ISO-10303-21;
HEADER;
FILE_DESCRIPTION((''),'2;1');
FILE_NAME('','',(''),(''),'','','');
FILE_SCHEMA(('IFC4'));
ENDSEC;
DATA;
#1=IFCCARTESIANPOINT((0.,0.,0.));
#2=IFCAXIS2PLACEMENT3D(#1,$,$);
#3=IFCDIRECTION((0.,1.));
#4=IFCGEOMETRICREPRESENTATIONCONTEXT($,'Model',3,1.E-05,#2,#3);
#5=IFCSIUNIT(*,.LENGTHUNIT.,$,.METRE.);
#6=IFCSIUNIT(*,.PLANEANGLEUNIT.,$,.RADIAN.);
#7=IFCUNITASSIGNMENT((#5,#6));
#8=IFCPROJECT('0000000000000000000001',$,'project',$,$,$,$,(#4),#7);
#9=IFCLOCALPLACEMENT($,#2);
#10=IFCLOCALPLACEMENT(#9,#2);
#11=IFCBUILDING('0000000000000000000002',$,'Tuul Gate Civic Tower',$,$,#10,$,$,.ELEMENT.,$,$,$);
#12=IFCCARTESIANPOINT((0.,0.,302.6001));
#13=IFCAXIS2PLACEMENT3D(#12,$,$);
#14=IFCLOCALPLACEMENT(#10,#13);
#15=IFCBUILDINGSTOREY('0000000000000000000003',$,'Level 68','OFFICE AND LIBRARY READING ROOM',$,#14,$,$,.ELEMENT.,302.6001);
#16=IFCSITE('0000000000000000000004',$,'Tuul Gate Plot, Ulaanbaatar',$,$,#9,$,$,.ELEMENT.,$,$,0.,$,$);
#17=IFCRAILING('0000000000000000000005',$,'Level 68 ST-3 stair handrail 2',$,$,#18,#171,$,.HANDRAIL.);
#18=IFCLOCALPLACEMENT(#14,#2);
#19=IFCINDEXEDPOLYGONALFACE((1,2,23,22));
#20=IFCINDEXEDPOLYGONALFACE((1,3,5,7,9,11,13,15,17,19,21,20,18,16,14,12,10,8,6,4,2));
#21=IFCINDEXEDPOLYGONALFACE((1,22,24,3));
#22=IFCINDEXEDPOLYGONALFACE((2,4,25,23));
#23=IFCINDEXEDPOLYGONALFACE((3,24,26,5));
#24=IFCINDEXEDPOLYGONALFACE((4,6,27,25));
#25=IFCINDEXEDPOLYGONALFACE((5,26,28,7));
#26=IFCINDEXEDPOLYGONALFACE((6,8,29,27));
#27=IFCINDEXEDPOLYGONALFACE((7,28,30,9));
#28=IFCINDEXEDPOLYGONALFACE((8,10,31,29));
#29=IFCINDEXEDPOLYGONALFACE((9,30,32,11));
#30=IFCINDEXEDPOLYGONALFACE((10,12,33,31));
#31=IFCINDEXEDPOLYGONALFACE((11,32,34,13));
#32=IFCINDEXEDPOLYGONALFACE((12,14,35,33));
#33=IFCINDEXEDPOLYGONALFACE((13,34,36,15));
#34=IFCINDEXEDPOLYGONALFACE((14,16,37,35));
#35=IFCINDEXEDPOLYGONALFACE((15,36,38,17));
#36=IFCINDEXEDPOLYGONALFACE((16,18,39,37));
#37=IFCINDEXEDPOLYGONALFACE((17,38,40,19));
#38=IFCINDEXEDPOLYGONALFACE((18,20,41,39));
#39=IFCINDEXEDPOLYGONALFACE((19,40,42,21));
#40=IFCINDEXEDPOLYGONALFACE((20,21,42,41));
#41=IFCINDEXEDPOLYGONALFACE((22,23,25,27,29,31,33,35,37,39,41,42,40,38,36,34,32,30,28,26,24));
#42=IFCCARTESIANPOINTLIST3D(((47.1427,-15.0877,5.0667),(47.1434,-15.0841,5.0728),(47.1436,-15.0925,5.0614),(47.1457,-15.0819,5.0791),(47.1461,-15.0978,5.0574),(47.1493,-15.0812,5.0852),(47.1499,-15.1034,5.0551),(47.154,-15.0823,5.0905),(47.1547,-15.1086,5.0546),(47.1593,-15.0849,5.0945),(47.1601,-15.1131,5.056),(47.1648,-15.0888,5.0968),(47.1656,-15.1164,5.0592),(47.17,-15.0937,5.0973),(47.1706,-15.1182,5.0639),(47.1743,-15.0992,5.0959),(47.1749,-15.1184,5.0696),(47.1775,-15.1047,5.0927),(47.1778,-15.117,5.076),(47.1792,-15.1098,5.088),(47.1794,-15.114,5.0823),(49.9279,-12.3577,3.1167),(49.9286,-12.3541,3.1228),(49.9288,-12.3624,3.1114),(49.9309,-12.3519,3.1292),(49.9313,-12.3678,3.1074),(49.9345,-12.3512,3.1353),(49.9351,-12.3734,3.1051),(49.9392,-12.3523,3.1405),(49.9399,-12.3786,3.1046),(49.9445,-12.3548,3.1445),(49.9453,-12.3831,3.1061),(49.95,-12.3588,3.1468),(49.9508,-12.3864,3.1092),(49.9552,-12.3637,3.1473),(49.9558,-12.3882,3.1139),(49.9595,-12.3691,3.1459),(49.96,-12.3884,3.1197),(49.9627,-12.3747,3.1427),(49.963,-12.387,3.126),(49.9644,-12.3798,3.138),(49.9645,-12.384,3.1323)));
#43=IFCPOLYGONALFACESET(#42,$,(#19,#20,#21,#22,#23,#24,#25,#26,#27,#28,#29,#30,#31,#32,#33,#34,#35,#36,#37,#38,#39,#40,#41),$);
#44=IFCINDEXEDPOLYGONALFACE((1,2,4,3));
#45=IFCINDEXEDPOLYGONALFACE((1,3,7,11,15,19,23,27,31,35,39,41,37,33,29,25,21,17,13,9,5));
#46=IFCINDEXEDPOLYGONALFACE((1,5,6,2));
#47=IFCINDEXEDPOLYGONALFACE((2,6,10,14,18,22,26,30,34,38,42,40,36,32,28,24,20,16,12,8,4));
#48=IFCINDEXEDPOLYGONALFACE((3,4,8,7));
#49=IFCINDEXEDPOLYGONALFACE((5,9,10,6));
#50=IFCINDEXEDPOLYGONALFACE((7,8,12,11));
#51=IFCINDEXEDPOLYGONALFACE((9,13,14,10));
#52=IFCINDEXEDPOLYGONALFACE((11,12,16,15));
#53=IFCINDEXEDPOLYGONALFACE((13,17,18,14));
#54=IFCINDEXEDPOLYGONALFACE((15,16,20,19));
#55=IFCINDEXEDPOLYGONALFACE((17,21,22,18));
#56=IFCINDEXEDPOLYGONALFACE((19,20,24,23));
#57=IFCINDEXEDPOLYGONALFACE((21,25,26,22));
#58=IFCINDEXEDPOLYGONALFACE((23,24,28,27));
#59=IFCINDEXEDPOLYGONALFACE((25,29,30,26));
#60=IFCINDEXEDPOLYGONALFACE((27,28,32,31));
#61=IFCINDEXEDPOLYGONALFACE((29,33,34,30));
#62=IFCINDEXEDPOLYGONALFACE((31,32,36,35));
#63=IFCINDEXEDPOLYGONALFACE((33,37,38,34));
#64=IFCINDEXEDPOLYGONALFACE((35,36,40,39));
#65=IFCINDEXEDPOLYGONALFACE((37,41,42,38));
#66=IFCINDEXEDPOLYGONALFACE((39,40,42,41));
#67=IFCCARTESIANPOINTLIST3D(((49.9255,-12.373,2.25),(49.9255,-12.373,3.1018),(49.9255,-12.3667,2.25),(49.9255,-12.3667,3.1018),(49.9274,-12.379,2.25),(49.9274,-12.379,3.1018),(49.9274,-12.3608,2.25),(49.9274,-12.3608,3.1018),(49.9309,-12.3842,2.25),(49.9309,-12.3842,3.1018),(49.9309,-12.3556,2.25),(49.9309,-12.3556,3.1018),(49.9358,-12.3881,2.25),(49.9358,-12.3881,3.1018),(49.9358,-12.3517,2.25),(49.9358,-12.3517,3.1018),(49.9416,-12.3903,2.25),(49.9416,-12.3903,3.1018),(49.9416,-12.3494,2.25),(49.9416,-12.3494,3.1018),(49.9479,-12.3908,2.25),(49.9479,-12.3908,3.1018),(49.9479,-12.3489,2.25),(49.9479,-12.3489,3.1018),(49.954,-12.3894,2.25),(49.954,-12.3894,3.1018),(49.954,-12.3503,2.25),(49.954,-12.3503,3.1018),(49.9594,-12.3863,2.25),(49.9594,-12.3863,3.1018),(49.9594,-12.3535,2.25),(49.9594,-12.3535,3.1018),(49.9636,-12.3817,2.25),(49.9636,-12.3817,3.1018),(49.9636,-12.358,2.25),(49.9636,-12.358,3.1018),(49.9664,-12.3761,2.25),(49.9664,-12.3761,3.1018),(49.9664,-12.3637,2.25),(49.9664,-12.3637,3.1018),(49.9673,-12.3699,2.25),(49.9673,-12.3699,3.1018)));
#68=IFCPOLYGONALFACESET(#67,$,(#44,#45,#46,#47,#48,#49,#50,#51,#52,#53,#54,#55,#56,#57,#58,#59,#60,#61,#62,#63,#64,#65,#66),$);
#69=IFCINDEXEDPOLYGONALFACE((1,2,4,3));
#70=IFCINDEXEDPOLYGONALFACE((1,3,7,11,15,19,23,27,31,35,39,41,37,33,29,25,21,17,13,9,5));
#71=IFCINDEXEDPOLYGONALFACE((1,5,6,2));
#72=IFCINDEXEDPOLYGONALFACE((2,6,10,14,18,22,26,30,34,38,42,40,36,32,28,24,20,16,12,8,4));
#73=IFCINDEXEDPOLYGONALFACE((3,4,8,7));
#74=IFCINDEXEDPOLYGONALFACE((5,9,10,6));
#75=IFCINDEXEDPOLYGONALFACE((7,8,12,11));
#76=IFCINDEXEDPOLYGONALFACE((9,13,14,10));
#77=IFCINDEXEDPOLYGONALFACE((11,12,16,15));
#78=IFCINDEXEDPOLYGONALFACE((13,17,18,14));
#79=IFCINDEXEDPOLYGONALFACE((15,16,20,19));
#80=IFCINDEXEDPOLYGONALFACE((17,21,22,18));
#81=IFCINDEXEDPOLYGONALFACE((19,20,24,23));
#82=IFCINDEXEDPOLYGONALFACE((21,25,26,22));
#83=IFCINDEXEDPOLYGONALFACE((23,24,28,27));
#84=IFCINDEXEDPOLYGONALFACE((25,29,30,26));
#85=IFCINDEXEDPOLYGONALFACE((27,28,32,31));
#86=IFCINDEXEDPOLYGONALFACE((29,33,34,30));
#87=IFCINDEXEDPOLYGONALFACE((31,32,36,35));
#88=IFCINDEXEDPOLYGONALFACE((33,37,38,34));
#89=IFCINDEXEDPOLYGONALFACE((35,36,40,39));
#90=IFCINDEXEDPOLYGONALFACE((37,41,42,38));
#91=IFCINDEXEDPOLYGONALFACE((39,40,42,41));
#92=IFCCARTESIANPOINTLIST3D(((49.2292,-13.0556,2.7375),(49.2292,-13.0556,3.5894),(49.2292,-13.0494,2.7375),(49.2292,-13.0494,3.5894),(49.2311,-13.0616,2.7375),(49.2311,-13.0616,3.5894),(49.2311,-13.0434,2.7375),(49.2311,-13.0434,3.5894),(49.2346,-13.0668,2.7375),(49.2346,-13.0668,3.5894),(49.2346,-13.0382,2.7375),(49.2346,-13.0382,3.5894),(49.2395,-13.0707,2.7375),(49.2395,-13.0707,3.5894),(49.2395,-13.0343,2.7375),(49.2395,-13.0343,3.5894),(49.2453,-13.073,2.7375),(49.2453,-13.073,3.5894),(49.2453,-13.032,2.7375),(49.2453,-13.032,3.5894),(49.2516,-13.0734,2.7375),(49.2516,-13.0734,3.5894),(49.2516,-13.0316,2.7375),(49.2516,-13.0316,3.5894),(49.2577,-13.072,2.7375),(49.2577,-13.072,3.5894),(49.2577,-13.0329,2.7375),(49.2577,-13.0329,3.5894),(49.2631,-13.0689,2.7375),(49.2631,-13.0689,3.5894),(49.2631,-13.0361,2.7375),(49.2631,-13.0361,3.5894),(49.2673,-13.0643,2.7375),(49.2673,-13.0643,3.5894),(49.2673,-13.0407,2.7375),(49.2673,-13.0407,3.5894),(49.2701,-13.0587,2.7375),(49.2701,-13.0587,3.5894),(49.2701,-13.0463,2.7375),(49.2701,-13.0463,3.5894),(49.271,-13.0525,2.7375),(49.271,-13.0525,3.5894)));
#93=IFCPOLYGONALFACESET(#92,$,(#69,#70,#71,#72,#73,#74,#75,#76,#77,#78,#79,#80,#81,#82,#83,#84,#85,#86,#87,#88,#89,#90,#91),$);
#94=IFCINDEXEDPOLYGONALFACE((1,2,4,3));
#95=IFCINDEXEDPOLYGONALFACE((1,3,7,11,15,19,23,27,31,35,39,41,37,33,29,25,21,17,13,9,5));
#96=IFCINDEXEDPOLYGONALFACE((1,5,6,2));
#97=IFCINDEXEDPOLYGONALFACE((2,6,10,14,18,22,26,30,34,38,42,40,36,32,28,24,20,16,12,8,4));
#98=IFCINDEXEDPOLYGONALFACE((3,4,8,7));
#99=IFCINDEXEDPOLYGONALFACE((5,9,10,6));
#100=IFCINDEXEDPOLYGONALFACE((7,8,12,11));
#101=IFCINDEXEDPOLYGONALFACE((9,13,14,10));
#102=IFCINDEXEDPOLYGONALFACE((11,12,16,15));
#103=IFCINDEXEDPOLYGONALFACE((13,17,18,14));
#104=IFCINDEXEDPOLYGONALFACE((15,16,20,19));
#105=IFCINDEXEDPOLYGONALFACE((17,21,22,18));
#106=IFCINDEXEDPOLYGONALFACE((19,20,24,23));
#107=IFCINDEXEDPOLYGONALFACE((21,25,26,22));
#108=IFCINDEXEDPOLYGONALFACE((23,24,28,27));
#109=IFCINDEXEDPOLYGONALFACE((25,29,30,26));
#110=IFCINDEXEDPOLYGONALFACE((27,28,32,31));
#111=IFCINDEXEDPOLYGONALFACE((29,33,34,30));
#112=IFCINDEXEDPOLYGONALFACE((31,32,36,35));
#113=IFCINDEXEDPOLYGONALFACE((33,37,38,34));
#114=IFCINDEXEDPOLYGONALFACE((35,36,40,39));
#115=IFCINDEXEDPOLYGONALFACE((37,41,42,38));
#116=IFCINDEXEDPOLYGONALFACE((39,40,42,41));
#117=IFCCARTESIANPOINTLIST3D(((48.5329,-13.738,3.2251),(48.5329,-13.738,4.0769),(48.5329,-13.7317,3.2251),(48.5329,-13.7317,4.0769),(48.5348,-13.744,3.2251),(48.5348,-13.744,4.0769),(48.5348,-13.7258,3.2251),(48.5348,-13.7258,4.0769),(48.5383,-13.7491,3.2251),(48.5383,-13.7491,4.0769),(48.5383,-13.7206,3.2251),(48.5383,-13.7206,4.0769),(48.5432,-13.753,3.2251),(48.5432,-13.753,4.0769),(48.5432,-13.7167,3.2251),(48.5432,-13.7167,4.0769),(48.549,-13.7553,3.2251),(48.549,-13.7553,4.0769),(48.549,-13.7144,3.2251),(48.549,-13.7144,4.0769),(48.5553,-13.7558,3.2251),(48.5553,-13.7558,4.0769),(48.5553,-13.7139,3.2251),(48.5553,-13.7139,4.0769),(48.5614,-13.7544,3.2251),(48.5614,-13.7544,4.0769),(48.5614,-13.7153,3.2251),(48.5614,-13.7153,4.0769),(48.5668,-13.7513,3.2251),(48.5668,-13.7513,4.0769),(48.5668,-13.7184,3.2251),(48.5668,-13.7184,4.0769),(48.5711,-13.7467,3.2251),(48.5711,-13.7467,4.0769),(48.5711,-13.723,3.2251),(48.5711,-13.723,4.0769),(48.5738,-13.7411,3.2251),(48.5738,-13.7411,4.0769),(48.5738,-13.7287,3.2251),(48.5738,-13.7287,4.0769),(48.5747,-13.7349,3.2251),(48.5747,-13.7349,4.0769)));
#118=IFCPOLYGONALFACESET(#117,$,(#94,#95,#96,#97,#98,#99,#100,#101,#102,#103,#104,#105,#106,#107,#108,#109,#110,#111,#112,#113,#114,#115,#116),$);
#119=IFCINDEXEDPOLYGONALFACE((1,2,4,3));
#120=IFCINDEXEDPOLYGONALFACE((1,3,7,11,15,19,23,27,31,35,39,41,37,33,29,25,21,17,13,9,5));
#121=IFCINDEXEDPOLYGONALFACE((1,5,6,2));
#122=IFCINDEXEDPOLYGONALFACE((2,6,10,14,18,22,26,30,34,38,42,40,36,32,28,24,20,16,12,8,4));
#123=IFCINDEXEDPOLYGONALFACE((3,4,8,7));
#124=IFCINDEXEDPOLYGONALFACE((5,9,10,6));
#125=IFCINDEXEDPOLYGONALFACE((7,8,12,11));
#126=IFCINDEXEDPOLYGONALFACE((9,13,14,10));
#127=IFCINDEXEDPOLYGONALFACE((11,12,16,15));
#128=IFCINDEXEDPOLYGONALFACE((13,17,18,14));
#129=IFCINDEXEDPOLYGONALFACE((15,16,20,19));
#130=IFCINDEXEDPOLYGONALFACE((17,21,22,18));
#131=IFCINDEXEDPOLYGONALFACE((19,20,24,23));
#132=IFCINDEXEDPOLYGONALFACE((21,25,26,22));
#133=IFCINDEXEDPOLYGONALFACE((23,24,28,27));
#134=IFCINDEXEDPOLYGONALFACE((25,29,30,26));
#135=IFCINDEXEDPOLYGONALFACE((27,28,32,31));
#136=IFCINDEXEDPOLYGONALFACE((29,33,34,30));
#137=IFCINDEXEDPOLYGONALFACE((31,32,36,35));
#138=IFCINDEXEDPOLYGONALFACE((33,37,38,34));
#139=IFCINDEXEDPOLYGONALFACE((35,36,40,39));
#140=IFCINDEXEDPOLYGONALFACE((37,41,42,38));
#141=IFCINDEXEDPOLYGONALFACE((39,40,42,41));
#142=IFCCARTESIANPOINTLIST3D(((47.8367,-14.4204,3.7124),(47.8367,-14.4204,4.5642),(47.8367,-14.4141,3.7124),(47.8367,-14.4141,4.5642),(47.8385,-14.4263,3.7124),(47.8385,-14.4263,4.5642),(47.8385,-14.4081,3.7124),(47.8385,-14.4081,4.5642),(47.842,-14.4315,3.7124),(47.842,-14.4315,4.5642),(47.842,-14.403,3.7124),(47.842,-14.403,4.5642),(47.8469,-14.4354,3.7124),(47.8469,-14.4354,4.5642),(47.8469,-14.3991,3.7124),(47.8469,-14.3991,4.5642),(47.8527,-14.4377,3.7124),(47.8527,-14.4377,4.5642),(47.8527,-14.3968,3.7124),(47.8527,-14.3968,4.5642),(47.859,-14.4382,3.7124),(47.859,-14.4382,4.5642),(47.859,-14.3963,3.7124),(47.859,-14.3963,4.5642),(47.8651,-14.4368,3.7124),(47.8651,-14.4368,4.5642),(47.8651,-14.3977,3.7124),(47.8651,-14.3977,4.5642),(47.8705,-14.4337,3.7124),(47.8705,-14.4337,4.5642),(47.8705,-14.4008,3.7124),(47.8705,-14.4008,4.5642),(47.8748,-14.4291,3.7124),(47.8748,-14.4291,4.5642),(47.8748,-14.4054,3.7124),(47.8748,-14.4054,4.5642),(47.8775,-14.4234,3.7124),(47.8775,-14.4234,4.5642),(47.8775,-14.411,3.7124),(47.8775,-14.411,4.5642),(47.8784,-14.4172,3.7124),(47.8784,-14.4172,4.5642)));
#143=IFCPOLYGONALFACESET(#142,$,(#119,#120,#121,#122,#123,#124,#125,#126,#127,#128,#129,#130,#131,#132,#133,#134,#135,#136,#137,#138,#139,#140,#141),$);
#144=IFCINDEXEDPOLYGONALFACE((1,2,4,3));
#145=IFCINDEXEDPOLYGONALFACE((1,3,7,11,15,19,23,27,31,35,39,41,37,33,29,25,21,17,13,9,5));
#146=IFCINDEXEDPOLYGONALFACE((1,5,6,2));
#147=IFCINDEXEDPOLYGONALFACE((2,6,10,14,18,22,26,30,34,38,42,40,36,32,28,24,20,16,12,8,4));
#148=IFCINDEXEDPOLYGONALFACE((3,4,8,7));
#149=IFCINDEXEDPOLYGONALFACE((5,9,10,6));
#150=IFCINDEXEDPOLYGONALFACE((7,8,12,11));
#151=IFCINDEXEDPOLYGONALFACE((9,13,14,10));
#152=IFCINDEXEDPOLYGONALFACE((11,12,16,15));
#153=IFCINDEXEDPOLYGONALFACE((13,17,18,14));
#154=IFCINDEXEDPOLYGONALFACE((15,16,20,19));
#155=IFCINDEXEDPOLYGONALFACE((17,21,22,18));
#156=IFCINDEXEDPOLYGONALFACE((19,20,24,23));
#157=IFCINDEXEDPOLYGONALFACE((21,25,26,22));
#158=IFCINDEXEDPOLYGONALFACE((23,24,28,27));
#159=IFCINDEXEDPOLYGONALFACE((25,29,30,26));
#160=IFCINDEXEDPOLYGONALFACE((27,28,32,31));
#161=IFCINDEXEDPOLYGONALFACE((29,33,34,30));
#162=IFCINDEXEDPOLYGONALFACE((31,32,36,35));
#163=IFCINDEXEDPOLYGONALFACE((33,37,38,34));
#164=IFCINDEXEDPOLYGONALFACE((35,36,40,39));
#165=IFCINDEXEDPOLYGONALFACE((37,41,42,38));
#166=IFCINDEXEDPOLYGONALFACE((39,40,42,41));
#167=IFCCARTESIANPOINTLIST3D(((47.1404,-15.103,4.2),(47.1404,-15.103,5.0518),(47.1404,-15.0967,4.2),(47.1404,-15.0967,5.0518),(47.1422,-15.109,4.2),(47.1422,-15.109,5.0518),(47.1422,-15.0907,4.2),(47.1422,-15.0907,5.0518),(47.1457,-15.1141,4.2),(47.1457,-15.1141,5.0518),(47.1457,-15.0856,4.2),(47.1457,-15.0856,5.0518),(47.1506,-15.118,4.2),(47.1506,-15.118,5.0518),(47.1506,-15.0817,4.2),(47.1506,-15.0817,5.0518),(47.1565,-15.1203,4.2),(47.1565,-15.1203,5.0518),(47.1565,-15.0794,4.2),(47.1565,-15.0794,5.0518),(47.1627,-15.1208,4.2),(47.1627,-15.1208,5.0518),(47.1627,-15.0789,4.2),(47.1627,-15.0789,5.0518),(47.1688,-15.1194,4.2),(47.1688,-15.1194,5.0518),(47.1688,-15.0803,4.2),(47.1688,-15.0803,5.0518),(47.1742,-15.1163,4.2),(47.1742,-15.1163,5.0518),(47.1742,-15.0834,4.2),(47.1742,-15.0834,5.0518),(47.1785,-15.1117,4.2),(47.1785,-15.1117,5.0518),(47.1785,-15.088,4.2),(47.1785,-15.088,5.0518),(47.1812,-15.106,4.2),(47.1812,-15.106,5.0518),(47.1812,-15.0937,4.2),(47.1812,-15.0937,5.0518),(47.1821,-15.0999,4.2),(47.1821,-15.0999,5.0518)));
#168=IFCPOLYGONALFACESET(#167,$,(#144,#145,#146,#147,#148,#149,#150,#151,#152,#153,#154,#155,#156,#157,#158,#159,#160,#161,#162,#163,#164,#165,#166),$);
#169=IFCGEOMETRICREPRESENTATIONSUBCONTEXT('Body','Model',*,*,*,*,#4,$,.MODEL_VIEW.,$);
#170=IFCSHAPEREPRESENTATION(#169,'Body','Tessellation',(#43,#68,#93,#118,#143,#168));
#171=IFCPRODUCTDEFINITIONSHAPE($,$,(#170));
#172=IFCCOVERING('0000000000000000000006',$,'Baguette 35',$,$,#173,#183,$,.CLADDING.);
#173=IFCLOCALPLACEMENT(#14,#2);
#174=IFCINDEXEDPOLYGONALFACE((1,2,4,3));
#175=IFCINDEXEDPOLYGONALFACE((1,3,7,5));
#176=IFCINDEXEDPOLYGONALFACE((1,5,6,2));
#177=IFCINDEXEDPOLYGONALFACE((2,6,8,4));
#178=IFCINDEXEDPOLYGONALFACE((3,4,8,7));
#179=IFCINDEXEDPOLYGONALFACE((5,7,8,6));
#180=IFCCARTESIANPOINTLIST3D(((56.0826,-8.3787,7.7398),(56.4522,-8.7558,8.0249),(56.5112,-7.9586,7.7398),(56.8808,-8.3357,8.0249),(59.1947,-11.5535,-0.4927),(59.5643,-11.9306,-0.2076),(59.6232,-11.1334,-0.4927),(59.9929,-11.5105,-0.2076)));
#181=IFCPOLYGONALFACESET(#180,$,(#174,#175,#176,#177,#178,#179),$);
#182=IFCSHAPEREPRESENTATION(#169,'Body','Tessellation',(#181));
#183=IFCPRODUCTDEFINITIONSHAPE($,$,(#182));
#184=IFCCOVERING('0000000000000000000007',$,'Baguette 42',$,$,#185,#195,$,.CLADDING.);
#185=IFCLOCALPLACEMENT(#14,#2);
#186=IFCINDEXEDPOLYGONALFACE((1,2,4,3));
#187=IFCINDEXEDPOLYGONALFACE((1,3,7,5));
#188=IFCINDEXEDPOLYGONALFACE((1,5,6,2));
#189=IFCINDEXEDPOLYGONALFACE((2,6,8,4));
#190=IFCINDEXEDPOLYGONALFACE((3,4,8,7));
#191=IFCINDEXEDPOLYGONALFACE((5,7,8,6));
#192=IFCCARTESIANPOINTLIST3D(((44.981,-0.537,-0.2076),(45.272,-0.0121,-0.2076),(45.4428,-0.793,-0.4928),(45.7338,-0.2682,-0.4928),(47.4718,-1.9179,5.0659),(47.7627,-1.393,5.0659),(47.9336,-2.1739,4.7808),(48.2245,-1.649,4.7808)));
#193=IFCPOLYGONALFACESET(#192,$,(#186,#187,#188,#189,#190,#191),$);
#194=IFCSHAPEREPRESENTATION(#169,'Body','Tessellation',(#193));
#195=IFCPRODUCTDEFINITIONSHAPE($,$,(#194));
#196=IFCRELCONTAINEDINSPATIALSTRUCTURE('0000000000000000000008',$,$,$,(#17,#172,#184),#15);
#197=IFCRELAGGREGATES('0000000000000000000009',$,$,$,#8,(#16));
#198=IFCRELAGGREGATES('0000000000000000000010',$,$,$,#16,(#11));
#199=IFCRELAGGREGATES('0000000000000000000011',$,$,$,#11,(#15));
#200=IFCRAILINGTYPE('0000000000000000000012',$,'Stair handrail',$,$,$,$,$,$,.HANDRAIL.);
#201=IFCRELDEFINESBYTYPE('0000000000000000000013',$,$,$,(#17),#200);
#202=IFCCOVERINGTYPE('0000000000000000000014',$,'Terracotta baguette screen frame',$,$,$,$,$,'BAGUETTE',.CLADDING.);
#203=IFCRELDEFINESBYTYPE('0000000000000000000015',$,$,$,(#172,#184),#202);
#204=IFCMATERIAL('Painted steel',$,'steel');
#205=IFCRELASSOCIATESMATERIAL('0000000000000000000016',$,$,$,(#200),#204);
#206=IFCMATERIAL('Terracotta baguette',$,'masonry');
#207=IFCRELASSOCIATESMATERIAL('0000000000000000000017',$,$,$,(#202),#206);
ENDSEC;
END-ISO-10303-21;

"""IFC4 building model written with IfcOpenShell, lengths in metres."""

from ifc_helpers import new_model, si_unit, direction, frame, origin, origin_2d, place, context, subcontext, project, spatial, rectangle, circle, extrude, material, material_profile, profile_set, type_object, element, save


model = new_model("IFC4")

# Units and contexts
model_context = context("Model", 3, precision=1e-05, world=origin(), true_north=direction((0.0, 1.0)))
body_context = subcontext(model_context, "Body", "Model", "MODEL_VIEW")
ifc_project = project(units=[si_unit("LENGTHUNIT", "METRE"), si_unit("PLANEANGLEUNIT", "RADIAN")], contexts=[model_context])

# Site, building, storey
site_placement = place(None, origin())
site = spatial("IfcSite", under=ifc_project, at=site_placement, Name="Tuul Gate Plot, Ulaanbaatar", CompositionType="ELEMENT", RefElevation=0.0)
building_placement = place(site_placement, origin())
building = spatial("IfcBuilding", under=site, at=building_placement, Name="Tuul Gate Civic Tower", CompositionType="ELEMENT")
storey_placement = place(building_placement, frame((0.0, 0.0, 302.6001)))
storey = spatial("IfcBuildingStorey", under=building, at=storey_placement, Name="Level 68", Description="OFFICE AND LIBRARY READING ROOM", CompositionType="ELEMENT", Elevation=302.6001)

# Railing
ifc_material_1 = material(Name="Painted steel", Category="steel")
railing_type_1 = type_object("IfcRailingType", Name="Stair handrail", PredefinedType="HANDRAIL", material=ifc_material_1)
railing_1_placement = place(storey_placement, frame((49.9463, -12.3699, 2.25)))
element("IfcRailing", 1, at=railing_1_placement, inside=storey, type_object=railing_type_1, Name="Level 68 ST-3 stair handrail 2", PredefinedType="HANDRAIL", context=body_context, shape_type="SweptSolid", body=[
    extrude(circle(Radius=0.0239, at=origin_2d()), frame((0.0, 0.0, 0.876), z_axis=(-0.638754, -0.6261, 0.447206), x_axis=(0.699998, -0.714145, 0.0)), (0.0, 0.0, 1.0), 4.3604),
    extrude(circle(Radius=0.021, at=origin_2d()), origin(), (0.0, 0.0, 1.0), 0.8518),
    extrude(circle(Radius=0.021, at=origin_2d()), frame((-0.6963, -0.6826, 0.4875)), (0.0, 0.0, 1.0), 0.8518),
    extrude(circle(Radius=0.021, at=origin_2d()), frame((-1.3926, -1.365, 0.9751)), (0.0, 0.0, 1.0), 0.8518),
    extrude(circle(Radius=0.021, at=origin_2d()), frame((-2.0889, -2.0474, 1.4624)), (0.0, 0.0, 1.0), 0.8518),
    extrude(circle(Radius=0.021, at=origin_2d()), frame((-2.7852, -2.73, 1.95)), (0.0, 0.0, 1.0), 0.8518),
])

# Coverings
ifc_material_2 = material(Name="Terracotta baguette", Category="masonry")
ifc_material_profile_1 = material_profile(ifc_material_2, rectangle(XDim=0.6001, YDim=0.6001, at=origin_2d()), Name="Terracotta baguette screen frame")
ifc_profile_set_1 = profile_set([ifc_material_profile_1], Name="Terracotta baguette")
covering_type = type_object("IfcCoveringType", Name="Terracotta baguette screen frame", ElementType="BAGUETTE", PredefinedType="CLADDING", material=ifc_profile_set_1)
covering_1_placement = place(storey_placement, frame((56.4817, -8.3572, 7.8823), z_axis=(0.332623, -0.339329, -0.879897), x_axis=(0.714128, 0.700015, 0.0)))
element("IfcCovering", 2, at=covering_1_placement, inside=storey, type_object=covering_type, Name="Baguette 35", PredefinedType="CLADDING", context=body_context, shape_type="SweptSolid", body=[
    extrude(rectangle(XDim=0.6001, YDim=0.6001, at=origin_2d()), origin(), (0.0, 0.0, 1.0), 9.3562),
])
covering_2_placement = place(storey_placement, frame((47.8481, -1.7834, 4.9233), z_axis=(-0.415585, 0.230401, -0.879889), x_axis=(-0.484871, -0.874586, 0.0)))
element("IfcCovering", 3, at=covering_2_placement, inside=storey, type_object=covering_type, Name="Baguette 42", PredefinedType="CLADDING", context=body_context, shape_type="SweptSolid", body=[
    extrude(rectangle(XDim=0.6001, YDim=0.6001, at=origin_2d()), origin(), (0.0, 0.0, 1.0), 5.9934),
])

save(model, "model.ifc")
